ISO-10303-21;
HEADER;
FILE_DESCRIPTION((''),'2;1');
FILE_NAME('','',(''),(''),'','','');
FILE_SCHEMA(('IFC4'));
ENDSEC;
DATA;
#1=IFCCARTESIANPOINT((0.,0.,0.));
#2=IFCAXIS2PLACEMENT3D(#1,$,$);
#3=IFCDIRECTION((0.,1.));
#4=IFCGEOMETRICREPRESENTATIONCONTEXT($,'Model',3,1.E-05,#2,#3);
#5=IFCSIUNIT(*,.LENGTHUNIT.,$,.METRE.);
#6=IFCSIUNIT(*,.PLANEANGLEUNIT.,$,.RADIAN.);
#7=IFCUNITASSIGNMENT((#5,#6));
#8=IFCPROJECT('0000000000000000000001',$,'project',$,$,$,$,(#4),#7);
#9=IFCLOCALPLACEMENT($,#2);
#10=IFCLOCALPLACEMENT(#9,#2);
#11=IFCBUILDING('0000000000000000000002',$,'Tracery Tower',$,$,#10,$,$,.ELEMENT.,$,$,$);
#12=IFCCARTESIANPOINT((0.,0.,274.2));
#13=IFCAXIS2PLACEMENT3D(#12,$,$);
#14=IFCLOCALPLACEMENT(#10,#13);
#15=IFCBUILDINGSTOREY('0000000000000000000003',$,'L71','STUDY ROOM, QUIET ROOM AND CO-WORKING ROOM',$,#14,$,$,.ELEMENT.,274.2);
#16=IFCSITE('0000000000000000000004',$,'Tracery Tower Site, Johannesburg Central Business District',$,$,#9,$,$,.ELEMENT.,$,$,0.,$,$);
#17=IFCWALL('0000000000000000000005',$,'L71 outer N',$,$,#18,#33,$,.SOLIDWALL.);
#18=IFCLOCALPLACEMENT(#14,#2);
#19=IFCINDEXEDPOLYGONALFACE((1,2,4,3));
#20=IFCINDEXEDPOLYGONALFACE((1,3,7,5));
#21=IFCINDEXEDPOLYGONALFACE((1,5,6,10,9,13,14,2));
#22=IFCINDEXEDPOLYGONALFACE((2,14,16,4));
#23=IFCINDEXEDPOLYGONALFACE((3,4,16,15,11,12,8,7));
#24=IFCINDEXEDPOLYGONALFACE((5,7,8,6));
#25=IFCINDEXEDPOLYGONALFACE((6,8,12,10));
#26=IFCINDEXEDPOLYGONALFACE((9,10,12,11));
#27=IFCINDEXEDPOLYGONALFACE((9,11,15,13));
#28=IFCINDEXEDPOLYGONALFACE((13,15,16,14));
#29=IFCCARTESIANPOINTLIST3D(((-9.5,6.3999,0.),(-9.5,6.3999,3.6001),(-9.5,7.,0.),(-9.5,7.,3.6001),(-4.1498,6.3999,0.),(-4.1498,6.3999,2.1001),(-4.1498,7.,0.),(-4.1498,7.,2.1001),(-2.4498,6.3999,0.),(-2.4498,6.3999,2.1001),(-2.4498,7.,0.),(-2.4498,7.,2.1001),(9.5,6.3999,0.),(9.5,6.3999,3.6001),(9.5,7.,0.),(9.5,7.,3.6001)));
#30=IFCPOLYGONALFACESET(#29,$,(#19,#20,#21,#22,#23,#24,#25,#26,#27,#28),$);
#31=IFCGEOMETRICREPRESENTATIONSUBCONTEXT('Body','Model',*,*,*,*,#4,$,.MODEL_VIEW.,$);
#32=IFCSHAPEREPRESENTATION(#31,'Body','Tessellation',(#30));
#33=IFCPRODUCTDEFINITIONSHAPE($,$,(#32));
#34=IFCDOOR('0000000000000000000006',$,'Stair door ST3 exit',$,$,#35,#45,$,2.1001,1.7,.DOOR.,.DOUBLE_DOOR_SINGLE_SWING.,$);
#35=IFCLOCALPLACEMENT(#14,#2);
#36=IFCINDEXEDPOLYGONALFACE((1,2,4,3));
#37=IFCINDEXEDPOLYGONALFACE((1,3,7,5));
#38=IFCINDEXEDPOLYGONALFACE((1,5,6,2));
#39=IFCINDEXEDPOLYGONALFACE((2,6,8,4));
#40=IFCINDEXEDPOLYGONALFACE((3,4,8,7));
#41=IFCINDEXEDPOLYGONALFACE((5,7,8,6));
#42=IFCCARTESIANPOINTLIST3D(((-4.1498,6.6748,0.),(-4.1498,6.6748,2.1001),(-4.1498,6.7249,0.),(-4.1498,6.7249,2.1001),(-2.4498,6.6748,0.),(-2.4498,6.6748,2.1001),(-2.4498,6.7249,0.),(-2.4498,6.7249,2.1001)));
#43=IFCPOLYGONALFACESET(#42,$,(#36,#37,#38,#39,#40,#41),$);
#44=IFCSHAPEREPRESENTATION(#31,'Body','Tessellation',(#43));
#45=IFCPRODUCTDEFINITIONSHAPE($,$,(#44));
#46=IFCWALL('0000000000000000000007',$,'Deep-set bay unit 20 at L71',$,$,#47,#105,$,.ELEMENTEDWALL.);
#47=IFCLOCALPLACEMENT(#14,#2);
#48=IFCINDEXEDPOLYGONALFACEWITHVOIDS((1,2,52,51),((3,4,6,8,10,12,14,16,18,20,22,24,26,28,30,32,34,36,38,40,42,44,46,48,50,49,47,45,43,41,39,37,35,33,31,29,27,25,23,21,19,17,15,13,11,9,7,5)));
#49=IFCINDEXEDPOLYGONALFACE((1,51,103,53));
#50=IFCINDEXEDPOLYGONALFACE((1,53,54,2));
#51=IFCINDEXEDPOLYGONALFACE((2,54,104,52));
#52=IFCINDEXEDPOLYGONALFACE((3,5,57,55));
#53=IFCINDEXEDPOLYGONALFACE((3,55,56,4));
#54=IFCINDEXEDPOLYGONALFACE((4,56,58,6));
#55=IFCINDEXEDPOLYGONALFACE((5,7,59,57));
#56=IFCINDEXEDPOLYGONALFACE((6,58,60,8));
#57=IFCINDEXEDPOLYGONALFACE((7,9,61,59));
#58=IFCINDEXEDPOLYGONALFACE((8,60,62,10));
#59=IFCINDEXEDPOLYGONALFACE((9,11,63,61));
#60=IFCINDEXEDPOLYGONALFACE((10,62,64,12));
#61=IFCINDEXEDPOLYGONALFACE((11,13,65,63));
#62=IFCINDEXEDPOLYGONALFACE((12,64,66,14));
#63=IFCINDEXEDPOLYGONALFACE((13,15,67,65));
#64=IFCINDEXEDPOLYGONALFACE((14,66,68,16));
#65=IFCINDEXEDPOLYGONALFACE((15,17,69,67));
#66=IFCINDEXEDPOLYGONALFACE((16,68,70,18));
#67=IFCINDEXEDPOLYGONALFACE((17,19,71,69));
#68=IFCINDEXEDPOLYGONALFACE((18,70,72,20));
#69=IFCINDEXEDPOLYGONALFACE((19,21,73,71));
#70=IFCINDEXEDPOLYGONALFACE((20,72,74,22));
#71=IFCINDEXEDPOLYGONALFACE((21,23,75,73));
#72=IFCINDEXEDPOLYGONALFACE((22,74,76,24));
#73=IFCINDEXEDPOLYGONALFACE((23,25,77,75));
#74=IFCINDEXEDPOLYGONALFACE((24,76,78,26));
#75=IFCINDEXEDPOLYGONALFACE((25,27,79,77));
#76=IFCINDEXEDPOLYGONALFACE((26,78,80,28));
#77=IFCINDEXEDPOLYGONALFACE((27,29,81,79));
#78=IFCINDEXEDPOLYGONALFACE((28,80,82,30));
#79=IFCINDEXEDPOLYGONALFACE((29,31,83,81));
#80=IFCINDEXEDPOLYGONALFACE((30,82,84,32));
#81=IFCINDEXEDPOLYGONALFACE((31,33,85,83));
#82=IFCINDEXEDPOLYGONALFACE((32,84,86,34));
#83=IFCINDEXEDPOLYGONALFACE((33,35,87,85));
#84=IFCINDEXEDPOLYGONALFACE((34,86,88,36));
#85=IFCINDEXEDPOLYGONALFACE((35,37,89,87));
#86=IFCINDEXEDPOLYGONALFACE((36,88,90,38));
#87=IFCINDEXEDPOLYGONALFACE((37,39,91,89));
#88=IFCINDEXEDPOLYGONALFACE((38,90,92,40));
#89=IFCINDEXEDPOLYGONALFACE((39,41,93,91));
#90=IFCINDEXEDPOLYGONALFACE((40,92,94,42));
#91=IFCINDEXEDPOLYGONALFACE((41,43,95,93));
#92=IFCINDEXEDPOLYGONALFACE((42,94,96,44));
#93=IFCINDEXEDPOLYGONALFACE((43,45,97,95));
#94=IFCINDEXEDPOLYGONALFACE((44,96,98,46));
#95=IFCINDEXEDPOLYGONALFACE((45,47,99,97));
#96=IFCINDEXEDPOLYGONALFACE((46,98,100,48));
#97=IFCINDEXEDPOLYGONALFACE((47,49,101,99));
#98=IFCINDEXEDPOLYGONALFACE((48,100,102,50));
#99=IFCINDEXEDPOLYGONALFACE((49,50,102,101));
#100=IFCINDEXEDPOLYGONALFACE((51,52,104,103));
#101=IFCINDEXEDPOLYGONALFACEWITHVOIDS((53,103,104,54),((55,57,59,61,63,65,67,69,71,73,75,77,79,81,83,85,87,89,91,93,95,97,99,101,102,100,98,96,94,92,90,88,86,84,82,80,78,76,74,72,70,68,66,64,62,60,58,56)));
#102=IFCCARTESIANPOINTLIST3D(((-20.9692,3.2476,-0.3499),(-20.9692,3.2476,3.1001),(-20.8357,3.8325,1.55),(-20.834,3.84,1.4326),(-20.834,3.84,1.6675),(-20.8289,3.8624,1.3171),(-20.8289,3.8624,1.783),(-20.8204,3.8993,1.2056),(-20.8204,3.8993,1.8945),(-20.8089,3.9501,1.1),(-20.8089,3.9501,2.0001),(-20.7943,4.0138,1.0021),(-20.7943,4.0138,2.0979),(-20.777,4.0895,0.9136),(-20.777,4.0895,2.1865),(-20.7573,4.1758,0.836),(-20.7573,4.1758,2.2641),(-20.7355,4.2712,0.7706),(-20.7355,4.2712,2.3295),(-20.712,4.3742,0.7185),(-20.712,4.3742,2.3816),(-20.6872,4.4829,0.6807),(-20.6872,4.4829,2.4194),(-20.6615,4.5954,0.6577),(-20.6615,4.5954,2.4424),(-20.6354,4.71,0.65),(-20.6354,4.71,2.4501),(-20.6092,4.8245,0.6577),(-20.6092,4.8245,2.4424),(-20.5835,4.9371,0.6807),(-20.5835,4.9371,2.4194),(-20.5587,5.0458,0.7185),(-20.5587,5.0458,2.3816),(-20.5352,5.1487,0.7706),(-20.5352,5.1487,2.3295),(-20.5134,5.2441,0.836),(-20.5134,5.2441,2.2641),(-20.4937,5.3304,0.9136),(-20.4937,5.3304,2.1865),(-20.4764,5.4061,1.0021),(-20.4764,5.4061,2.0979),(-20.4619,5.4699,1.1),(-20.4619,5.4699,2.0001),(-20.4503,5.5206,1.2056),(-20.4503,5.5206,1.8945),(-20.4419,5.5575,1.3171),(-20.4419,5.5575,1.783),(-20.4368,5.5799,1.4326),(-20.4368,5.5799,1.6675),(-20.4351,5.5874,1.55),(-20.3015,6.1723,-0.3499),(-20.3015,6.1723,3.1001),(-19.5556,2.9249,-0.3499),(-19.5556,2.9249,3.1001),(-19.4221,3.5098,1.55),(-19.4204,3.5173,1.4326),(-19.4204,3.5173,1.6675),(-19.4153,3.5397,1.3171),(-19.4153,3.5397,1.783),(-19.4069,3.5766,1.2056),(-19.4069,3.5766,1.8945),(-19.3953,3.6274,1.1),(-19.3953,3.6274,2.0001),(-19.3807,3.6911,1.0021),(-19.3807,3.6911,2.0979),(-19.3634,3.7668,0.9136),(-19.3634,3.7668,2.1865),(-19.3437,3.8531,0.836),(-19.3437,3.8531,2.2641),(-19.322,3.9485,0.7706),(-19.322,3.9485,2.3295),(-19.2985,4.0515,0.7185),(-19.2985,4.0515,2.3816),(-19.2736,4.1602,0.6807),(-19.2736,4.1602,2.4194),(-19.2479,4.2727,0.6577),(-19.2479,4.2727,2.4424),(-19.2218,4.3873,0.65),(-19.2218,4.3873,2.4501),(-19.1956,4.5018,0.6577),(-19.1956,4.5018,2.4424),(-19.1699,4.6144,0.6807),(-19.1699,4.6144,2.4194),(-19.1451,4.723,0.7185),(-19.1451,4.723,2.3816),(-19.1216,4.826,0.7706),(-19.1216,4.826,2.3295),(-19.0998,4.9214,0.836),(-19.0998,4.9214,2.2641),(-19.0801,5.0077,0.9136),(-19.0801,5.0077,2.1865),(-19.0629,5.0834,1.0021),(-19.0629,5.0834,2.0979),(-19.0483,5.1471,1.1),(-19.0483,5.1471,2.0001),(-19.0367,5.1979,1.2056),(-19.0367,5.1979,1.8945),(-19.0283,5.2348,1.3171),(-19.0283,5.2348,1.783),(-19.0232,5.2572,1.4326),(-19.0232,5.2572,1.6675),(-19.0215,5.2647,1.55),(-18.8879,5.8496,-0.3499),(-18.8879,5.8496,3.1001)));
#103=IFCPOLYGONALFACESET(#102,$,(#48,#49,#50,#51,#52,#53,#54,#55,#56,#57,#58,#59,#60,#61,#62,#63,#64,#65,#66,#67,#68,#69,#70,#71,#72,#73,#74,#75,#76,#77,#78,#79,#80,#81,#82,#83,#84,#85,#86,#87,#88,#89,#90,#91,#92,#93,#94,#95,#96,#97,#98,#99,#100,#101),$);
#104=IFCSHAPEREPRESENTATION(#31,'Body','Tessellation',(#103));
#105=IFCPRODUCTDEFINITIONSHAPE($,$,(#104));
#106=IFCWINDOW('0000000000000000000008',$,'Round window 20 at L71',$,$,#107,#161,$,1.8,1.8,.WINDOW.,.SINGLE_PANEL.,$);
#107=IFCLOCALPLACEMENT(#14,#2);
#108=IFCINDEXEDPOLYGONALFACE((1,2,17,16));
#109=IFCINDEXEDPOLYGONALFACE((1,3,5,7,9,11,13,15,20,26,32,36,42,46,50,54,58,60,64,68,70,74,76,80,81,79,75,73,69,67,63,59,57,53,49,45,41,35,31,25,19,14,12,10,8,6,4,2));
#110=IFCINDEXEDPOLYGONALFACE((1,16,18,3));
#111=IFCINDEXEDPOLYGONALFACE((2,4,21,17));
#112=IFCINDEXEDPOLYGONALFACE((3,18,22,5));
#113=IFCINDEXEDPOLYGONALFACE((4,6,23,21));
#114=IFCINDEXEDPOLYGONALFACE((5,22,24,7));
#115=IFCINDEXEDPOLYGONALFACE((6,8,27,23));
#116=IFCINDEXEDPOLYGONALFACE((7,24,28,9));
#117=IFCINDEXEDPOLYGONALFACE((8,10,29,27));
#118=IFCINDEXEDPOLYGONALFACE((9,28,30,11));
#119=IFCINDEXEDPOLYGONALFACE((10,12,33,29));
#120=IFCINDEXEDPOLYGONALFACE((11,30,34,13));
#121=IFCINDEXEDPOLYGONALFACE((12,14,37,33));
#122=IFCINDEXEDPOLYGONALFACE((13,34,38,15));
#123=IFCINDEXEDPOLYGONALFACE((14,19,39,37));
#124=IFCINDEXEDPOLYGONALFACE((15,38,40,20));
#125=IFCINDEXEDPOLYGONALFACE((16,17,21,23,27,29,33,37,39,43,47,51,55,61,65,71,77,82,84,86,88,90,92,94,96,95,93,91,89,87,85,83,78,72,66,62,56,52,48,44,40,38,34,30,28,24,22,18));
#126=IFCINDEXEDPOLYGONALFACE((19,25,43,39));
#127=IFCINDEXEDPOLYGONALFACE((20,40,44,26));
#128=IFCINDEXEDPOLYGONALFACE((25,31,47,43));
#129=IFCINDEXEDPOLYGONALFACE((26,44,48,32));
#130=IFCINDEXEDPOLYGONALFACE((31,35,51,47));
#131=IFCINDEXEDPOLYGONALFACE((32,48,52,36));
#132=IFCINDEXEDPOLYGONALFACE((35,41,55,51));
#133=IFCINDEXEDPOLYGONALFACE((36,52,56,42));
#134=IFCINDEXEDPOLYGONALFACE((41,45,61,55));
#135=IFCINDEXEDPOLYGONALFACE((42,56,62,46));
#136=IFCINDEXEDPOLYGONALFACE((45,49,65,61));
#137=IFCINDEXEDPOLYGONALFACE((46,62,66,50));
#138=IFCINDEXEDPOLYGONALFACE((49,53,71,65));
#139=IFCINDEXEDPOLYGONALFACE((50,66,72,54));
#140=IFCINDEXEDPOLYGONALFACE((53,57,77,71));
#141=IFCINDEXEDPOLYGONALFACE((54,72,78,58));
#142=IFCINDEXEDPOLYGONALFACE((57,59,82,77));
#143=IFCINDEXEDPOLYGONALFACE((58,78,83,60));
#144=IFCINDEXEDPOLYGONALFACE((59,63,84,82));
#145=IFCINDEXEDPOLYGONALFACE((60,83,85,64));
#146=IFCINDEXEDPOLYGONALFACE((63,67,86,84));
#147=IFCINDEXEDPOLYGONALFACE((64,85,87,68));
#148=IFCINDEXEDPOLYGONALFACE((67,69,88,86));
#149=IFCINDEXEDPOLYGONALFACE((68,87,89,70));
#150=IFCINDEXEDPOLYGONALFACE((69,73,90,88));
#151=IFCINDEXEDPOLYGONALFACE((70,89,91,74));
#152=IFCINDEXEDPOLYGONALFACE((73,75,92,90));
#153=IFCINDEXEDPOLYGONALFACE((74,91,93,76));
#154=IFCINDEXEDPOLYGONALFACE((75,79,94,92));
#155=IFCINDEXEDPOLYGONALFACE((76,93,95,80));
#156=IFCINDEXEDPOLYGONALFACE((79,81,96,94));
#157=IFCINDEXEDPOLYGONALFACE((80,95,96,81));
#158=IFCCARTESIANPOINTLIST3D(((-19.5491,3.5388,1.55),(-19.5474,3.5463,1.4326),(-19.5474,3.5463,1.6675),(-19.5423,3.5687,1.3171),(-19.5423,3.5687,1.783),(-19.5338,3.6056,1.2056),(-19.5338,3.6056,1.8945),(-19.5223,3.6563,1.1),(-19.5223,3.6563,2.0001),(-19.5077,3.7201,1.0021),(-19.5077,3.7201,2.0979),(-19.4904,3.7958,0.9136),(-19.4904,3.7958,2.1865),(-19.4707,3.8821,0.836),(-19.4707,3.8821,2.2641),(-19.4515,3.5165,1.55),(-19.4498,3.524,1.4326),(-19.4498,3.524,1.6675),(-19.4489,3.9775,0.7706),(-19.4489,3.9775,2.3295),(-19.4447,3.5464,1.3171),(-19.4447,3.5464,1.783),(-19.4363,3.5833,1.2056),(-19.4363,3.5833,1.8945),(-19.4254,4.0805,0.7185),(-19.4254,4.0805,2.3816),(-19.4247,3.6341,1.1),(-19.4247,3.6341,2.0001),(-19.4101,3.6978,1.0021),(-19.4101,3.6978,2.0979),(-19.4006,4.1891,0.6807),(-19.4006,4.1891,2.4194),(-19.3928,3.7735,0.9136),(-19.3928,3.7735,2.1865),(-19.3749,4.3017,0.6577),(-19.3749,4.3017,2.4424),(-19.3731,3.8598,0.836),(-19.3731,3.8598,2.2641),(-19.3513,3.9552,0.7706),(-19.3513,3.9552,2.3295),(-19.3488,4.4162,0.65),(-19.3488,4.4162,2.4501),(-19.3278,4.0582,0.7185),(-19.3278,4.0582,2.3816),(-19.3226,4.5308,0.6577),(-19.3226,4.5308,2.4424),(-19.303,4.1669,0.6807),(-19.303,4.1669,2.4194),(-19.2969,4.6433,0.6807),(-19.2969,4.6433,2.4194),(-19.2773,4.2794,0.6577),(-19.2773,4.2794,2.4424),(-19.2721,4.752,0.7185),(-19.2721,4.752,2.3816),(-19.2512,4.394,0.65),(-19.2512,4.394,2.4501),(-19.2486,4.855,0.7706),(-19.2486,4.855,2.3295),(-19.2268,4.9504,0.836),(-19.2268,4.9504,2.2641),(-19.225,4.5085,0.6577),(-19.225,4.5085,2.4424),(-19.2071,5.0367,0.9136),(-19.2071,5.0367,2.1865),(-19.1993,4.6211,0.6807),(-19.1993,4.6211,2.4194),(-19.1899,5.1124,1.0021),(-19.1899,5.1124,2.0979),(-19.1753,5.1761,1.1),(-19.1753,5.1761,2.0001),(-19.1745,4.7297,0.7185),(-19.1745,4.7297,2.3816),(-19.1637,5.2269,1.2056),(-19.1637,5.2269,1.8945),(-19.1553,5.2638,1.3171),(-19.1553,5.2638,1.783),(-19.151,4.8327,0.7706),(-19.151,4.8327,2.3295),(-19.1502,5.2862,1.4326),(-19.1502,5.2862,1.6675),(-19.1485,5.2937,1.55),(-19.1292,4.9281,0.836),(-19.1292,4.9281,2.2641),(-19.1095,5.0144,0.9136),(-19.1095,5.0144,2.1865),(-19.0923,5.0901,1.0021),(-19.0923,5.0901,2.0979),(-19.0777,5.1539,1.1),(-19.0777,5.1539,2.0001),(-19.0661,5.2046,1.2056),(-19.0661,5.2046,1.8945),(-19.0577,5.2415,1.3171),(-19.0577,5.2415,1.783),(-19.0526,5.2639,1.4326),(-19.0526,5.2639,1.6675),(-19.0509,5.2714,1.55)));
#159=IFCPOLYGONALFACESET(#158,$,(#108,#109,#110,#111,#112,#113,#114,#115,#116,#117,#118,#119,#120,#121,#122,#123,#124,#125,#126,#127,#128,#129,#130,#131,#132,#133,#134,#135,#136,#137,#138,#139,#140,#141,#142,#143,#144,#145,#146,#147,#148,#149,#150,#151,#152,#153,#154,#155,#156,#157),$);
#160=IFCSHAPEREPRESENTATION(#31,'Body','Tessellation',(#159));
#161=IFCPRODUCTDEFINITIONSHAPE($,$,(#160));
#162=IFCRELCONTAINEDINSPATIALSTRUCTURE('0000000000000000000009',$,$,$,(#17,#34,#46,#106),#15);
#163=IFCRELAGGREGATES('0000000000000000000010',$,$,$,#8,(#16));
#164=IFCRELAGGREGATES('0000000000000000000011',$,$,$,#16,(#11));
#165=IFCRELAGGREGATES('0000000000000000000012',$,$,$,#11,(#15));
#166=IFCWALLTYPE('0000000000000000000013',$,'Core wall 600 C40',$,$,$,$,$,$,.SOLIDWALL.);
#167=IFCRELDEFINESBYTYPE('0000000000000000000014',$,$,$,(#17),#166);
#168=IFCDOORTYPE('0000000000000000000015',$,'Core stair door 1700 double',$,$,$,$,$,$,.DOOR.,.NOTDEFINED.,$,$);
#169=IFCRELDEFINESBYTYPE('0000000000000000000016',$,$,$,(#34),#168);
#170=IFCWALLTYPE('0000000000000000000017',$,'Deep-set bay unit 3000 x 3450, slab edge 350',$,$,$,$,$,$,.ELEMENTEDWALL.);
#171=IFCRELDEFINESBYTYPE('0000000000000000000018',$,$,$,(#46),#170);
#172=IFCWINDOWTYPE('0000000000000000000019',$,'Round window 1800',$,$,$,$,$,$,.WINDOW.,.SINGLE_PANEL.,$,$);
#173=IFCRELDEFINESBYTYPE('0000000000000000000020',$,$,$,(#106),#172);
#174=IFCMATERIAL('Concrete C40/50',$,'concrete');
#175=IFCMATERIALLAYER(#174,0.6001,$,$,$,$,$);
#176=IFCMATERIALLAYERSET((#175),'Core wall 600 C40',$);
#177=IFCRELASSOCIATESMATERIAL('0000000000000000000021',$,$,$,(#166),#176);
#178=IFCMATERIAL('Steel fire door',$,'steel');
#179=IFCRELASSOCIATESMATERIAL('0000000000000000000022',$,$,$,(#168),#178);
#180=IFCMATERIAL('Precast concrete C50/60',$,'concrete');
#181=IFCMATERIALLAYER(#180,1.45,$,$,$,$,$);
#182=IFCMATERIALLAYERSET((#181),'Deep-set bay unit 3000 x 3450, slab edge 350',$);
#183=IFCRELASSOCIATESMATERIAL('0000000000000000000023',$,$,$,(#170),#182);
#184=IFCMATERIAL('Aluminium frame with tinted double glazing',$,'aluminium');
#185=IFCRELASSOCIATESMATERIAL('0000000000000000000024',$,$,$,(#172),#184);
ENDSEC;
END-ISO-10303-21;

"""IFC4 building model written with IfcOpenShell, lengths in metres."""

from ifc_helpers import new_model, si_unit, direction, frame, frame_2d, origin, origin_2d, place, context, subcontext, project, spatial, rectangle, circle, extrude, material, layer, layer_set, type_object, element, fill, save


model = new_model("IFC4")

# Units and contexts
model_context = context("Model", 3, precision=1e-05, world=origin(), true_north=direction((0.0, 1.0)))
body_context = subcontext(model_context, "Body", "Model", "MODEL_VIEW")
ifc_project = project(units=[si_unit("LENGTHUNIT", "METRE"), si_unit("PLANEANGLEUNIT", "RADIAN")], contexts=[model_context])

# Site, building, storey
site_placement = place(None, origin())
site = spatial("IfcSite", under=ifc_project, at=site_placement, Name="Tracery Tower Site, Johannesburg Central Business District", CompositionType="ELEMENT", RefElevation=0.0)
building_placement = place(site_placement, origin())
building = spatial("IfcBuilding", under=site, at=building_placement, Name="Tracery Tower", CompositionType="ELEMENT")
storey_placement = place(building_placement, frame((0.0, 0.0, 274.2)))
storey = spatial("IfcBuildingStorey", under=building, at=storey_placement, Name="L71", Description="STUDY ROOM, QUIET ROOM AND CO-WORKING ROOM", CompositionType="ELEMENT", Elevation=274.2)

# Wall, opening, door
ifc_material_1 = material(Name="Concrete C40/50", Category="concrete")
ifc_layer_1 = layer(ifc_material_1, 0.6001)
ifc_layer_set_1 = layer_set([ifc_layer_1], Name="Core wall 600 C40")
wall_type_1 = type_object("IfcWallType", Name="Core wall 600 C40", PredefinedType="SOLIDWALL", material=ifc_layer_set_1)
wall_1_placement = place(storey_placement, frame((-9.5, 6.7, 0.0), z_axis=(0.0, 0.0, 1.0), x_axis=(1.0, 0.0, 0.0)))
wall_1 = element("IfcWall", 1, at=wall_1_placement, inside=storey, type_object=wall_type_1, Name="L71 outer N", PredefinedType="SOLIDWALL", context=body_context, shape_type="SweptSolid", body=[
    extrude(rectangle(XDim=19.0, YDim=0.6001, at=frame_2d((9.5, 0.0))), origin(), (0.0, 0.0, 1.0), 3.6001),
])
opening_1_placement = place(wall_1_placement, frame((5.3501, 0.0, 0.0)))
opening_1 = element("IfcOpeningElement", 2, at=opening_1_placement, cuts=wall_1, PredefinedType="OPENING", context=body_context, shape_type="SweptSolid", body=[
    extrude(rectangle(XDim=1.7, YDim=2.1001, at=frame_2d((0.8501, 1.05))), frame((0.0, 0.3, 0.0), z_axis=(0.0, -1.0, 0.0), x_axis=(1.0, 0.0, 0.0)), (0.0, 0.0, 1.0), 0.6001),
])
ifc_material_2 = material(Name="Steel fire door", Category="steel")
door_type_1 = type_object("IfcDoorType", Name="Core stair door 1700 double", OperationType="NOTDEFINED", PredefinedType="DOOR", material=ifc_material_2)
door_1_placement = place(opening_1_placement, origin())
door_1 = element("IfcDoor", 3, at=door_1_placement, inside=storey, type_object=door_type_1, Name="Stair door ST3 exit", OperationType="DOUBLE_DOOR_SINGLE_SWING", OverallHeight=2.1001, OverallWidth=1.7, PredefinedType="DOOR", context=body_context, shape_type="SweptSolid", body=[
    extrude(rectangle(XDim=1.7, YDim=2.1001, at=frame_2d((0.8501, 1.05))), frame((0.0, 0.0249, 0.0), z_axis=(0.0, -1.0, 0.0), x_axis=(1.0, 0.0, 0.0)), (0.0, 0.0, 1.0), 0.05),
])
fill(opening_1, door_1)

# Wall, opening, window
ifc_material_3 = material(Name="Precast concrete C50/60", Category="concrete")
ifc_layer_2 = layer(ifc_material_3, 1.45)
ifc_layer_set_2 = layer_set([ifc_layer_2], Name="Deep-set bay unit 3000 x 3450, slab edge 350")
wall_type_2 = type_object("IfcWallType", Name="Deep-set bay unit 3000 x 3450, slab edge 350", PredefinedType="ELEMENTEDWALL", material=ifc_layer_set_2)
wall_2_placement = place(storey_placement, frame((-19.5947, 6.011, -0.3499), z_axis=(0.0, 0.0, 1.0), x_axis=(-0.222571, -0.974917, 0.0)))
wall_2 = element("IfcWall", 4, at=wall_2_placement, inside=storey, type_object=wall_type_2, Name="Deep-set bay unit 20 at L71", PredefinedType="ELEMENTEDWALL", context=body_context, shape_type="SweptSolid", body=[
    extrude(rectangle(XDim=3.0, YDim=1.45, at=frame_2d((1.5, 0.0))), origin(), (0.0, 0.0, 1.0), 3.45),
])
opening_2_placement = place(wall_2_placement, frame((1.5, 0.0, 1.8999)))
opening_2 = element("IfcOpeningElement", 5, at=opening_2_placement, cuts=wall_2, PredefinedType="OPENING", context=body_context, shape_type="SweptSolid", body=[
    extrude(circle(Radius=0.9, at=origin_2d()), frame((0.0, 0.7349, 0.0), z_axis=(0.0, -1.0, 0.0), x_axis=(1.0, 0.0, 0.0)), (0.0, 0.0, 1.0), 1.47),
])
ifc_material_4 = material(Name="Aluminium frame with tinted double glazing", Category="aluminium")
window_type = type_object("IfcWindowType", Name="Round window 1800", PartitioningType="SINGLE_PANEL", PredefinedType="WINDOW", material=ifc_material_4)
window_1_placement = place(opening_2_placement, origin())
window_1 = element("IfcWindow", 6, at=window_1_placement, inside=storey, type_object=window_type, Name="Round window 20 at L71", OverallHeight=1.8, OverallWidth=1.8, PartitioningType="SINGLE_PANEL", PredefinedType="WINDOW", context=body_context, shape_type="SweptSolid", body=[
    extrude(circle(Radius=0.9, at=origin_2d()), frame((0.0, 0.6948, 0.0), z_axis=(0.0, -1.0, 0.0), x_axis=(1.0, 0.0, 0.0)), (0.0, 0.0, 1.0), 0.1001),
])
fill(opening_2, window_1)

save(model, "model.ifc")
